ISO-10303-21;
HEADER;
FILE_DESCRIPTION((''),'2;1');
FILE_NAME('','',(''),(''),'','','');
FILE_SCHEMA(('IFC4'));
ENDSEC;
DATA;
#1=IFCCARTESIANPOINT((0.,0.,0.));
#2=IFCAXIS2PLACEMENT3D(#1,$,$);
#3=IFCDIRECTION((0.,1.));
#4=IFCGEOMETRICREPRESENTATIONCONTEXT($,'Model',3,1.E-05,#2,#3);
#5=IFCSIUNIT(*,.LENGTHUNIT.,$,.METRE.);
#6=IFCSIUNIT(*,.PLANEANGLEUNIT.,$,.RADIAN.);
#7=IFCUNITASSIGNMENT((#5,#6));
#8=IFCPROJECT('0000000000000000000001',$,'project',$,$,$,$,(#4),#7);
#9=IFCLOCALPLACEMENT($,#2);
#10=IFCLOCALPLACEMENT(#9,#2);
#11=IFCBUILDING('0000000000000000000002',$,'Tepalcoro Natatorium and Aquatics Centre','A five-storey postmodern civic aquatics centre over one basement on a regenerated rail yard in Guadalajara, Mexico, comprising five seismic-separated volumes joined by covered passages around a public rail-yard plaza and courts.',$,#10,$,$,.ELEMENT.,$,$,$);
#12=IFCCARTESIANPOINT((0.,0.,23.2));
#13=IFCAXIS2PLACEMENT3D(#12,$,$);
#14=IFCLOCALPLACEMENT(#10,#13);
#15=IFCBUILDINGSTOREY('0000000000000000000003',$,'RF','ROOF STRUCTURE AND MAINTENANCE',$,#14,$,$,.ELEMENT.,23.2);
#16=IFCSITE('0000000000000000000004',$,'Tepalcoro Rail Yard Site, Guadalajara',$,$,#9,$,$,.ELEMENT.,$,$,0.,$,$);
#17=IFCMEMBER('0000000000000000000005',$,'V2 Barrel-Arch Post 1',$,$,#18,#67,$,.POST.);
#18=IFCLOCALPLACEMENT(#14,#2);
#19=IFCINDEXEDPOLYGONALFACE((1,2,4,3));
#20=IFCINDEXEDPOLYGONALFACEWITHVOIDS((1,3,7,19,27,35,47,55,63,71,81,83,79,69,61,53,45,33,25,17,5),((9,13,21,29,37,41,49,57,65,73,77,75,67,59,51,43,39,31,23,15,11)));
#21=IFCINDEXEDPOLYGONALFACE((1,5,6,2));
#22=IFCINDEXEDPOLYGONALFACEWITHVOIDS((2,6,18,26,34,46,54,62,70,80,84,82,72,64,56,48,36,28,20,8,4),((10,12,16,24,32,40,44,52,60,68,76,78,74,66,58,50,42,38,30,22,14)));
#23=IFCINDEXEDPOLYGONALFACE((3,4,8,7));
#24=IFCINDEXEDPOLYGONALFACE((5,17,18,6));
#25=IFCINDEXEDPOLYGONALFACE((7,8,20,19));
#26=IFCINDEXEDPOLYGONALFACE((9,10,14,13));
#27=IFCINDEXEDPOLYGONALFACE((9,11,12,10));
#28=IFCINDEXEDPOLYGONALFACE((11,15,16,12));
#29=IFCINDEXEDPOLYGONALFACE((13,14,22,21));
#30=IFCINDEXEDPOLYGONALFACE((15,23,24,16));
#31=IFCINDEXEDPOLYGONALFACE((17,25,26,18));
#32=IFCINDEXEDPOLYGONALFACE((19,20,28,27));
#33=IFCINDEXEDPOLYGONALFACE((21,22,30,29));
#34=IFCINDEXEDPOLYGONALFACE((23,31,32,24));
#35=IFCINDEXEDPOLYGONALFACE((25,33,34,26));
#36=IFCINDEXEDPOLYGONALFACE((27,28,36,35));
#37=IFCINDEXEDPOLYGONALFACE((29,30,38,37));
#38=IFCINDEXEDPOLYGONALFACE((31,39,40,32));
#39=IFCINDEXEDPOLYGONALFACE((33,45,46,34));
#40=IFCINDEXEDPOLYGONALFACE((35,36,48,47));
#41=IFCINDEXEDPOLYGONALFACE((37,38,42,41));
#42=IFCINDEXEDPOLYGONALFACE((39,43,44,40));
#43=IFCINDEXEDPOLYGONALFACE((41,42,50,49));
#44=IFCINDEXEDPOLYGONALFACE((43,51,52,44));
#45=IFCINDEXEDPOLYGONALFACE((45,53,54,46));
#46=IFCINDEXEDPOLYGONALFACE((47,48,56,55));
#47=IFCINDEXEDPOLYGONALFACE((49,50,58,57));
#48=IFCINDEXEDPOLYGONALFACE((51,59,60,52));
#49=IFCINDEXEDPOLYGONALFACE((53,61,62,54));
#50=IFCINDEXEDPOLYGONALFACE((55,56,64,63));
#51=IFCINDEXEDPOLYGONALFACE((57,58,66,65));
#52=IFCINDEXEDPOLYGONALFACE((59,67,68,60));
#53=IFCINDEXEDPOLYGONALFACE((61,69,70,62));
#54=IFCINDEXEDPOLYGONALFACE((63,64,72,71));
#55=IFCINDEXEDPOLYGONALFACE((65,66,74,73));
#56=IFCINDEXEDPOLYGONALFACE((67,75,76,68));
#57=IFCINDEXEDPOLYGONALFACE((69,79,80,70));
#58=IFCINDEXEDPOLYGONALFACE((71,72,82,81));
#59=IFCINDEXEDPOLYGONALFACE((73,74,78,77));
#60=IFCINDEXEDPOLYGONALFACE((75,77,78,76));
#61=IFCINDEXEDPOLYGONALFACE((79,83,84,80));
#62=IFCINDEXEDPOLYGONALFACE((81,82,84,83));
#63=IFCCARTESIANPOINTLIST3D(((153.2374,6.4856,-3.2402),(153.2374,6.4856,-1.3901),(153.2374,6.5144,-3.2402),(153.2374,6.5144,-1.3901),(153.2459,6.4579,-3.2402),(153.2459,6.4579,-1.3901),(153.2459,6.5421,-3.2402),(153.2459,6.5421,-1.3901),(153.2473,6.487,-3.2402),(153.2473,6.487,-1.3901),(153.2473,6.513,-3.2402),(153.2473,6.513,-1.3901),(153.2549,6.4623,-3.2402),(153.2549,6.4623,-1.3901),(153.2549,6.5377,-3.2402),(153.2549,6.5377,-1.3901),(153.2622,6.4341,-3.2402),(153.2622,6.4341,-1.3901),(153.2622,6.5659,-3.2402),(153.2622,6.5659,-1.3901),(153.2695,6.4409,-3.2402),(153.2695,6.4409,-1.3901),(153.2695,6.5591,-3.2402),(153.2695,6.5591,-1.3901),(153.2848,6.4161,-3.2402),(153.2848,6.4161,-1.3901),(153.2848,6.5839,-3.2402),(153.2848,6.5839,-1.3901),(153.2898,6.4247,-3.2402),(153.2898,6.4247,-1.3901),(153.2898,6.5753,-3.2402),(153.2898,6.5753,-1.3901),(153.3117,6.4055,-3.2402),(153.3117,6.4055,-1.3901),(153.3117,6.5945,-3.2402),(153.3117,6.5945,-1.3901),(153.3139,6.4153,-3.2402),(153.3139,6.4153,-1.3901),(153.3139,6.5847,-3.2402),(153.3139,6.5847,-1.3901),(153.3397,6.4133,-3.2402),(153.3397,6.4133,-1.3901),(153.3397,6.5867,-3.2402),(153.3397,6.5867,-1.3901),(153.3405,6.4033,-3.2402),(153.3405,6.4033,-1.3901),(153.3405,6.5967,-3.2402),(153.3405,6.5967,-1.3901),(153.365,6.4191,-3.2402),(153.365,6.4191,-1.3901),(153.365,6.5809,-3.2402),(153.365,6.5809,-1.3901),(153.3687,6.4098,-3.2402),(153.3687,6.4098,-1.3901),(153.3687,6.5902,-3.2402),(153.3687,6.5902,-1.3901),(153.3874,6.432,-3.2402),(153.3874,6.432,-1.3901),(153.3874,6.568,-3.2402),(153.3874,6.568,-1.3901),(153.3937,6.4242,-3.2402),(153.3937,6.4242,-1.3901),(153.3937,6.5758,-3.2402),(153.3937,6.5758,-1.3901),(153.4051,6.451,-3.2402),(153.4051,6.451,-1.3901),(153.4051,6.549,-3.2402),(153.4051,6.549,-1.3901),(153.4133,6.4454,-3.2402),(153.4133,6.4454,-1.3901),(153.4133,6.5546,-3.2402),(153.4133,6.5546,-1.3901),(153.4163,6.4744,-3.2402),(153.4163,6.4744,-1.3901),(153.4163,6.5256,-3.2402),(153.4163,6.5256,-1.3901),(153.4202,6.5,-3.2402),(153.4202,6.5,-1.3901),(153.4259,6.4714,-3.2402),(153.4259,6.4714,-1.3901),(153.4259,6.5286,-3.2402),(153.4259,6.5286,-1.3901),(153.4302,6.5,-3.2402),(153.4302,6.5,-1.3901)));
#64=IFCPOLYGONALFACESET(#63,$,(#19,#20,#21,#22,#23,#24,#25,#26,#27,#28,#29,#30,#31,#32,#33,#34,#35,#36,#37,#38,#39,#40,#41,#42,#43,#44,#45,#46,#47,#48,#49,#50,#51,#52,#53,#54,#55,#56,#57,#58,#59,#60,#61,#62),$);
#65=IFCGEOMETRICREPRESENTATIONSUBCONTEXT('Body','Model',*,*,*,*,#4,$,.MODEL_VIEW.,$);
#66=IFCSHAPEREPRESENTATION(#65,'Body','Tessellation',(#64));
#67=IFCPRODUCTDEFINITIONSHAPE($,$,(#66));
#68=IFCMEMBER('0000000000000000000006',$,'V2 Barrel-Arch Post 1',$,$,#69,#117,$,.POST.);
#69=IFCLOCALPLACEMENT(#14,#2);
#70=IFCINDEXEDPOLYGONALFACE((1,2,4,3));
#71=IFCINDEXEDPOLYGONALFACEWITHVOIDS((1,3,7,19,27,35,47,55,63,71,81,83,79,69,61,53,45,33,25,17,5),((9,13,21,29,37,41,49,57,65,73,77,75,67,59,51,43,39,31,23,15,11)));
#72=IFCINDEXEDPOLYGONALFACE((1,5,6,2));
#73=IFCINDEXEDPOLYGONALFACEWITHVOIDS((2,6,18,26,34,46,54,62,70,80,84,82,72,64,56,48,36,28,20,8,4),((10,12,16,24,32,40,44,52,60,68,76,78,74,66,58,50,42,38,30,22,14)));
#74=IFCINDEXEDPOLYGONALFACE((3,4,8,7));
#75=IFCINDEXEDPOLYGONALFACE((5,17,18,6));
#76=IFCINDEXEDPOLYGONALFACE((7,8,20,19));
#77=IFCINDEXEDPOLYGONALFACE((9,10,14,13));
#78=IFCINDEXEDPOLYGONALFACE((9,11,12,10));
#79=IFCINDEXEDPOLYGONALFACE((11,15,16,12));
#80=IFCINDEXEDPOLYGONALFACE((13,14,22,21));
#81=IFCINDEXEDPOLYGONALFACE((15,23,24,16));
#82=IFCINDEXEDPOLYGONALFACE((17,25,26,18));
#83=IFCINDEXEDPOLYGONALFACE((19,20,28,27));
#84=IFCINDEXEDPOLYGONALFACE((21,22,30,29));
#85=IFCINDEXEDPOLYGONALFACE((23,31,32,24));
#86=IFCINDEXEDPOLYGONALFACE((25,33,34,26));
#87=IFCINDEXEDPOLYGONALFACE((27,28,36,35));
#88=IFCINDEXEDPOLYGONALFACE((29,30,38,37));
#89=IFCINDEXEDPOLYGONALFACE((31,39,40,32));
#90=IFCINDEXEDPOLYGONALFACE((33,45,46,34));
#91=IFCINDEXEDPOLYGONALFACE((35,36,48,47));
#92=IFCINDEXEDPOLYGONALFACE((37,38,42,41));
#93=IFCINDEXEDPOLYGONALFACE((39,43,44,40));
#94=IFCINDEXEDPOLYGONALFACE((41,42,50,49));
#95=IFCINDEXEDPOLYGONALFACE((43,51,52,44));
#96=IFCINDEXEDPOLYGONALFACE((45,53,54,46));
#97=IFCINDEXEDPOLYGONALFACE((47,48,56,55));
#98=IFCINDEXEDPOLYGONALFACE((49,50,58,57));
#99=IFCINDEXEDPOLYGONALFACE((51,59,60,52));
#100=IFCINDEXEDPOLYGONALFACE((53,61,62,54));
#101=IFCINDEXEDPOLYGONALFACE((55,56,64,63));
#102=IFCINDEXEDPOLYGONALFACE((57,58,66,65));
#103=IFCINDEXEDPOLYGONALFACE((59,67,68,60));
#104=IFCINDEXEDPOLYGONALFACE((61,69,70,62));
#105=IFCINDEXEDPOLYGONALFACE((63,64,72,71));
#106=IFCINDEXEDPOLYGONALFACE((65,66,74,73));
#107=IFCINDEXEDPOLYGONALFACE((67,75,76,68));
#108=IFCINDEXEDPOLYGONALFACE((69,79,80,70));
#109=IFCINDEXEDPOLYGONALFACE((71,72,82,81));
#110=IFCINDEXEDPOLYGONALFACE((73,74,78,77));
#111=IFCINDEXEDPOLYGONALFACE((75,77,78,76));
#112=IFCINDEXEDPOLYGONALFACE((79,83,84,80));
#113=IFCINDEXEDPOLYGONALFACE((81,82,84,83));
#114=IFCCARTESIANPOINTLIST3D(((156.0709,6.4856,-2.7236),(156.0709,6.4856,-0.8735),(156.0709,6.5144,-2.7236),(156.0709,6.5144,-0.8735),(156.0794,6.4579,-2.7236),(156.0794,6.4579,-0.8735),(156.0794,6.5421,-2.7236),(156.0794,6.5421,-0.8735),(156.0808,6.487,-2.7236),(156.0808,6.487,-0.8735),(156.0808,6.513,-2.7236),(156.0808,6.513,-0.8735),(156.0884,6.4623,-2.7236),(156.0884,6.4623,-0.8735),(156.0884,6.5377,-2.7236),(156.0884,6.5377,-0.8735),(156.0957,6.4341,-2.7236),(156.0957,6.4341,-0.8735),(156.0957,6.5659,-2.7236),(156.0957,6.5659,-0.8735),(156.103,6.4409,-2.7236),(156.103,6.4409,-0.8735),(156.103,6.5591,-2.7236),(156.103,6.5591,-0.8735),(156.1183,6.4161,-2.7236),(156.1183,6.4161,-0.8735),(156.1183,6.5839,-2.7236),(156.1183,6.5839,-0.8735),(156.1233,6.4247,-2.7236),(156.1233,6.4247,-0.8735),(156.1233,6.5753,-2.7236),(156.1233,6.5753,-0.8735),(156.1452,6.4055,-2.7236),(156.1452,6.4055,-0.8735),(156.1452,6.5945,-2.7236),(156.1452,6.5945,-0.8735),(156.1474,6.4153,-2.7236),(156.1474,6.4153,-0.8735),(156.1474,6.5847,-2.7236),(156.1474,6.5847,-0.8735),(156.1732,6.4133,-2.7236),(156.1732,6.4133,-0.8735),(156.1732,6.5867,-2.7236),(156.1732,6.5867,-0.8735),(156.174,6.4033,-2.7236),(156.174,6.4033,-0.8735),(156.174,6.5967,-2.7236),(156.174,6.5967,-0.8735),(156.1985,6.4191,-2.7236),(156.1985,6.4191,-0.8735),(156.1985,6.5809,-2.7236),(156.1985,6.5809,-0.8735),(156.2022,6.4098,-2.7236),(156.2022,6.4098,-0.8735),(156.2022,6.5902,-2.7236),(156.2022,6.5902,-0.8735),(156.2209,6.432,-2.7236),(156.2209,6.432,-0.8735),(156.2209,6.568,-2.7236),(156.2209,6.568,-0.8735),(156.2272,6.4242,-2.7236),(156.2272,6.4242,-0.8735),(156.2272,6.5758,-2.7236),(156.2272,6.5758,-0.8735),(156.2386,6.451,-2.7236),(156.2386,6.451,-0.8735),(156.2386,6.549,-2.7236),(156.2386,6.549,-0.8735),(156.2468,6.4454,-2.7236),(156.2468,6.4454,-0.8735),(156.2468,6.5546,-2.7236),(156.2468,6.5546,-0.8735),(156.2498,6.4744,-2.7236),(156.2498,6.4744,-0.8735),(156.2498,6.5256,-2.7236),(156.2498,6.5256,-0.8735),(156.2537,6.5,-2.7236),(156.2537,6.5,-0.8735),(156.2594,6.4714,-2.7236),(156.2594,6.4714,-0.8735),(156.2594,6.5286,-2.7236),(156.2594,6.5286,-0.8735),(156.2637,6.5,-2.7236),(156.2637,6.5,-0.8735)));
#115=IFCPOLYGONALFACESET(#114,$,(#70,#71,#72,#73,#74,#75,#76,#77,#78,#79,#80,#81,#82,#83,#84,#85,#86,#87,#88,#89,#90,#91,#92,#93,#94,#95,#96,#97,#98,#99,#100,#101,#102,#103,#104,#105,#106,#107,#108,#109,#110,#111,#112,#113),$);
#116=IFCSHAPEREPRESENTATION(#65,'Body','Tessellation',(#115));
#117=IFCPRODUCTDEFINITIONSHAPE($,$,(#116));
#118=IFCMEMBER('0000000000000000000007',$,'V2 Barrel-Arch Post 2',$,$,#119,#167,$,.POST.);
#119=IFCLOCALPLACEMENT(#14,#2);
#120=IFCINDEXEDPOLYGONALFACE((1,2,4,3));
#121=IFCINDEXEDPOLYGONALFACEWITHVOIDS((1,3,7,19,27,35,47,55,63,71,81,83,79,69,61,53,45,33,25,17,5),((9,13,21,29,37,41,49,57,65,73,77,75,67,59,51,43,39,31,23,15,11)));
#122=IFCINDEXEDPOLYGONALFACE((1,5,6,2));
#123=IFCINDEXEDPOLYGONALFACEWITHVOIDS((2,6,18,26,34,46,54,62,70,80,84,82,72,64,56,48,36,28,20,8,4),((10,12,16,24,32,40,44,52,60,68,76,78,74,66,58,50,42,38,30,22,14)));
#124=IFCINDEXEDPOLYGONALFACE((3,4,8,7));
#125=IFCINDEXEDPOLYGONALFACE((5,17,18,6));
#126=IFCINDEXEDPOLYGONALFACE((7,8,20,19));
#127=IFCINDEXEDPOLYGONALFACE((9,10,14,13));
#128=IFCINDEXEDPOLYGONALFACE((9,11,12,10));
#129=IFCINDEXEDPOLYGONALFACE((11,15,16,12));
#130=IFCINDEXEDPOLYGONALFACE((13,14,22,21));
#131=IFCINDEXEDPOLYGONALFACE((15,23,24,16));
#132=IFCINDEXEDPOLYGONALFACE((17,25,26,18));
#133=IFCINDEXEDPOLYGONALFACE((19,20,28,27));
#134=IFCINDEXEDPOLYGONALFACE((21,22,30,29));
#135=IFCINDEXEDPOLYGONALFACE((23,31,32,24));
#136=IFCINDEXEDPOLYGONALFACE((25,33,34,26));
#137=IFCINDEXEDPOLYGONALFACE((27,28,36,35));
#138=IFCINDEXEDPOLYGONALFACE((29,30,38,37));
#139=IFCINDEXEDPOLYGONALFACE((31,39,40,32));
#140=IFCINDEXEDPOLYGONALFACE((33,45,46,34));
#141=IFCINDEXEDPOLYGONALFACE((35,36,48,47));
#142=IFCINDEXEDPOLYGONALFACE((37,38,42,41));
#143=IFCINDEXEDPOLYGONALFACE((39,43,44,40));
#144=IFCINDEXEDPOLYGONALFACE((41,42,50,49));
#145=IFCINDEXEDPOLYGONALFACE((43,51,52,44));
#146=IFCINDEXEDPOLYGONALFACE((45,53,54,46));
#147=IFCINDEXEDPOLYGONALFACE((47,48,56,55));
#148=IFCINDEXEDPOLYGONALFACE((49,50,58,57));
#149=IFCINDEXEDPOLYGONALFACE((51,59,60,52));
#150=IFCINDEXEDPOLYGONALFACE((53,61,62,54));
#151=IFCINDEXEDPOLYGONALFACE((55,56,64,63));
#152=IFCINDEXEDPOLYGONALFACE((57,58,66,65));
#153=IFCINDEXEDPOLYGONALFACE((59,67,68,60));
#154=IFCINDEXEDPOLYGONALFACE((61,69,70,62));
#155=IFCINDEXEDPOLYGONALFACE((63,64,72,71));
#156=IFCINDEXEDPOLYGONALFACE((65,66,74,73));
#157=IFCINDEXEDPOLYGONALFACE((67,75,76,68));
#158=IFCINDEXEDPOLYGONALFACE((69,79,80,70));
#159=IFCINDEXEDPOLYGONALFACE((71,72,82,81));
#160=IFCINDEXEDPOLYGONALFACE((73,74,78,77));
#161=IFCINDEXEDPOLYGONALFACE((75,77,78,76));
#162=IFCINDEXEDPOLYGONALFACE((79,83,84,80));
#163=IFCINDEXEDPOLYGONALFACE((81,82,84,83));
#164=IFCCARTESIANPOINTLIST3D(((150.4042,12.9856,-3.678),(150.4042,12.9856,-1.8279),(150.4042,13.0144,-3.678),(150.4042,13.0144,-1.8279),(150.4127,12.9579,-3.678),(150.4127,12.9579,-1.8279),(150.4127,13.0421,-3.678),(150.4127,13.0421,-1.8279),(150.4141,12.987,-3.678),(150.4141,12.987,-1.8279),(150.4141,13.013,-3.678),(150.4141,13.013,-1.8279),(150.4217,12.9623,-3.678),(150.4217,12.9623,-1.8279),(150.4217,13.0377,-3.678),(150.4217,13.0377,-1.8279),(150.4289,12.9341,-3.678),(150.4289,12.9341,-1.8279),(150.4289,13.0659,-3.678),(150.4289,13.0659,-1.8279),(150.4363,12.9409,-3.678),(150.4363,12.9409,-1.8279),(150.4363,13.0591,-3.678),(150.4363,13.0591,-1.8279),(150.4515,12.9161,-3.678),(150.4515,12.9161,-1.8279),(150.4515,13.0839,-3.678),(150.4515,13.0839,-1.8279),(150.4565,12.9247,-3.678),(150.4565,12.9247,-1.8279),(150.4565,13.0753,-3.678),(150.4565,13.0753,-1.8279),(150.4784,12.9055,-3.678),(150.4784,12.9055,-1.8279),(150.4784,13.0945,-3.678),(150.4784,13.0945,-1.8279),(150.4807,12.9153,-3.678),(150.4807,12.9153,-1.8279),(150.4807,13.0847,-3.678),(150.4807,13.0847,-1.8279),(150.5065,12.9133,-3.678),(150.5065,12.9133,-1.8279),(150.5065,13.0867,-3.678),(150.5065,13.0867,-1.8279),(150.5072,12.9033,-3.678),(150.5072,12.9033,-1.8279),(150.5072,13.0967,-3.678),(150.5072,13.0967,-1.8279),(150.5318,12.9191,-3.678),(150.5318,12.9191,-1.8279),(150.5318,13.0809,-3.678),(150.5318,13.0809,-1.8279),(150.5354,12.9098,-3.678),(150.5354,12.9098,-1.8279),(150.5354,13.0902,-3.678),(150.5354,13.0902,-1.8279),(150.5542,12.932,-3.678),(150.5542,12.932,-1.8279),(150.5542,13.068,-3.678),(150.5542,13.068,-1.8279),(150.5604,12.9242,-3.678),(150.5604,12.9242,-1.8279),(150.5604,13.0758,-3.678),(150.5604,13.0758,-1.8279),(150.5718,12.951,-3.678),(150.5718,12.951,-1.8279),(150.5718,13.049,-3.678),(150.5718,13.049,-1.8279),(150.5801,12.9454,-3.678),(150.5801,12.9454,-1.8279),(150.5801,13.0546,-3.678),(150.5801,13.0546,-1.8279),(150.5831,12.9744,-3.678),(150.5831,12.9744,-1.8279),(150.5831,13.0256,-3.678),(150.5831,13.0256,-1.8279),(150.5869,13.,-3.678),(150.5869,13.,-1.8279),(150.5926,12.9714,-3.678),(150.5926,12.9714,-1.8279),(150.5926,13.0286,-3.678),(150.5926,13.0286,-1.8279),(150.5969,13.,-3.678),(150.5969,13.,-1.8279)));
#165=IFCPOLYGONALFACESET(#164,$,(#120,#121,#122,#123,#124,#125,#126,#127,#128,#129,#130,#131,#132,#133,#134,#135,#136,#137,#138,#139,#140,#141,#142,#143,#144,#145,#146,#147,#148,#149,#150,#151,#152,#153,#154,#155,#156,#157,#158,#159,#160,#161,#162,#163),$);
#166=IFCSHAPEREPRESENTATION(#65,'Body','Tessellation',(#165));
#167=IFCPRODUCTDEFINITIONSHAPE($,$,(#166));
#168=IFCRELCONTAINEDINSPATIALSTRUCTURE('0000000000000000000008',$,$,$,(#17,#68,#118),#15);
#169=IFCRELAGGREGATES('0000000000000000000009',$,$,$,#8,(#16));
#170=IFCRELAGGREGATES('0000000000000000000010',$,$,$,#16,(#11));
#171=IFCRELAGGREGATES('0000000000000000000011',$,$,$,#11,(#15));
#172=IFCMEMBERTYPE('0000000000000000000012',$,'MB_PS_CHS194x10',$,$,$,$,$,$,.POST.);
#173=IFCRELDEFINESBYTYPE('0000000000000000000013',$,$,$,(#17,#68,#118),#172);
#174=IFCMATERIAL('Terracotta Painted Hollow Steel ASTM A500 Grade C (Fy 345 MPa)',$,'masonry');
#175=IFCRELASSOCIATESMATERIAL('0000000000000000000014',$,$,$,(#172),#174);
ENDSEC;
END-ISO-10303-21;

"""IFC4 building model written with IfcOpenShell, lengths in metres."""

from ifc_helpers import new_model, si_unit, direction, frame, origin, origin_2d, place, context, subcontext, project, spatial, hollow_circle, extrude, material, material_profile, profile_set, type_object, element, save


model = new_model("IFC4")

# Units and contexts
model_context = context("Model", 3, precision=1e-05, world=origin(), true_north=direction((0.0, 1.0)))
body_context = subcontext(model_context, "Body", "Model", "MODEL_VIEW")
ifc_project = project(units=[si_unit("LENGTHUNIT", "METRE"), si_unit("PLANEANGLEUNIT", "RADIAN")], contexts=[model_context])

# Site, building, storey
site_placement = place(None, origin())
site = spatial("IfcSite", under=ifc_project, at=site_placement, Name="Tepalcoro Rail Yard Site, Guadalajara", CompositionType="ELEMENT", RefElevation=0.0)
building_placement = place(site_placement, origin())
building = spatial("IfcBuilding", under=site, at=building_placement, Name="Tepalcoro Natatorium and Aquatics Centre", Description="A five-storey postmodern civic aquatics centre over one basement on a regenerated rail yard in Guadalajara, Mexico, comprising five seismic-separated volumes joined by covered passages around a public rail-yard plaza and courts.", CompositionType="ELEMENT")
storey_placement = place(building_placement, frame((0.0, 0.0, 23.2)))
storey = spatial("IfcBuildingStorey", under=building, at=storey_placement, Name="RF", Description="ROOF STRUCTURE AND MAINTENANCE", CompositionType="ELEMENT", Elevation=23.2)

# Shared definitions
ifc_material_1 = material(Name="Terracotta Painted Hollow Steel ASTM A500 Grade C (Fy 345 MPa)", Category="masonry")

# Members
ifc_material_profile_1 = material_profile(ifc_material_1, hollow_circle(Radius=0.0969, WallThickness=0.01, at=origin_2d()), Name="CHS194X10")
ifc_profile_set_1 = profile_set([ifc_material_profile_1], Name="Terracotta Painted Hollow Steel ASTM A500 Grade C (Fy 345 MPa)")
member_type_1 = type_object("IfcMemberType", Name="MB_PS_CHS194x10", PredefinedType="POST", material=ifc_profile_set_1)
for number, where, z_axis, x_axis, name in (
    (1, (153.3333, 6.5, -3.2402), (0.0, 0.0, 1.0), (1.0, 0.0, 0.0), "V2 Barrel-Arch Post 1"),
    (2, (156.1667, 6.5, -2.7236), (0.0, 0.0, 1.0), (1.0, 0.0, 0.0), "V2 Barrel-Arch Post 1"),
    (3, (150.5, 13.0, -3.678), (0.0, 0.0, 1.0), (1.0, 0.0, 0.0), "V2 Barrel-Arch Post 2"),
):
    element("IfcMember", number, at=place(storey_placement, frame(where, z_axis=z_axis, x_axis=x_axis)), inside=storey, type_object=member_type_1, Name=name, PredefinedType="POST", context=body_context, shape_type="SweptSolid", body=[
        extrude(hollow_circle(Radius=0.0969, WallThickness=0.01, at=origin_2d()), origin(), (0.0, 0.0, 1.0), 1.8501),
    ])

save(model, "model.ifc")
